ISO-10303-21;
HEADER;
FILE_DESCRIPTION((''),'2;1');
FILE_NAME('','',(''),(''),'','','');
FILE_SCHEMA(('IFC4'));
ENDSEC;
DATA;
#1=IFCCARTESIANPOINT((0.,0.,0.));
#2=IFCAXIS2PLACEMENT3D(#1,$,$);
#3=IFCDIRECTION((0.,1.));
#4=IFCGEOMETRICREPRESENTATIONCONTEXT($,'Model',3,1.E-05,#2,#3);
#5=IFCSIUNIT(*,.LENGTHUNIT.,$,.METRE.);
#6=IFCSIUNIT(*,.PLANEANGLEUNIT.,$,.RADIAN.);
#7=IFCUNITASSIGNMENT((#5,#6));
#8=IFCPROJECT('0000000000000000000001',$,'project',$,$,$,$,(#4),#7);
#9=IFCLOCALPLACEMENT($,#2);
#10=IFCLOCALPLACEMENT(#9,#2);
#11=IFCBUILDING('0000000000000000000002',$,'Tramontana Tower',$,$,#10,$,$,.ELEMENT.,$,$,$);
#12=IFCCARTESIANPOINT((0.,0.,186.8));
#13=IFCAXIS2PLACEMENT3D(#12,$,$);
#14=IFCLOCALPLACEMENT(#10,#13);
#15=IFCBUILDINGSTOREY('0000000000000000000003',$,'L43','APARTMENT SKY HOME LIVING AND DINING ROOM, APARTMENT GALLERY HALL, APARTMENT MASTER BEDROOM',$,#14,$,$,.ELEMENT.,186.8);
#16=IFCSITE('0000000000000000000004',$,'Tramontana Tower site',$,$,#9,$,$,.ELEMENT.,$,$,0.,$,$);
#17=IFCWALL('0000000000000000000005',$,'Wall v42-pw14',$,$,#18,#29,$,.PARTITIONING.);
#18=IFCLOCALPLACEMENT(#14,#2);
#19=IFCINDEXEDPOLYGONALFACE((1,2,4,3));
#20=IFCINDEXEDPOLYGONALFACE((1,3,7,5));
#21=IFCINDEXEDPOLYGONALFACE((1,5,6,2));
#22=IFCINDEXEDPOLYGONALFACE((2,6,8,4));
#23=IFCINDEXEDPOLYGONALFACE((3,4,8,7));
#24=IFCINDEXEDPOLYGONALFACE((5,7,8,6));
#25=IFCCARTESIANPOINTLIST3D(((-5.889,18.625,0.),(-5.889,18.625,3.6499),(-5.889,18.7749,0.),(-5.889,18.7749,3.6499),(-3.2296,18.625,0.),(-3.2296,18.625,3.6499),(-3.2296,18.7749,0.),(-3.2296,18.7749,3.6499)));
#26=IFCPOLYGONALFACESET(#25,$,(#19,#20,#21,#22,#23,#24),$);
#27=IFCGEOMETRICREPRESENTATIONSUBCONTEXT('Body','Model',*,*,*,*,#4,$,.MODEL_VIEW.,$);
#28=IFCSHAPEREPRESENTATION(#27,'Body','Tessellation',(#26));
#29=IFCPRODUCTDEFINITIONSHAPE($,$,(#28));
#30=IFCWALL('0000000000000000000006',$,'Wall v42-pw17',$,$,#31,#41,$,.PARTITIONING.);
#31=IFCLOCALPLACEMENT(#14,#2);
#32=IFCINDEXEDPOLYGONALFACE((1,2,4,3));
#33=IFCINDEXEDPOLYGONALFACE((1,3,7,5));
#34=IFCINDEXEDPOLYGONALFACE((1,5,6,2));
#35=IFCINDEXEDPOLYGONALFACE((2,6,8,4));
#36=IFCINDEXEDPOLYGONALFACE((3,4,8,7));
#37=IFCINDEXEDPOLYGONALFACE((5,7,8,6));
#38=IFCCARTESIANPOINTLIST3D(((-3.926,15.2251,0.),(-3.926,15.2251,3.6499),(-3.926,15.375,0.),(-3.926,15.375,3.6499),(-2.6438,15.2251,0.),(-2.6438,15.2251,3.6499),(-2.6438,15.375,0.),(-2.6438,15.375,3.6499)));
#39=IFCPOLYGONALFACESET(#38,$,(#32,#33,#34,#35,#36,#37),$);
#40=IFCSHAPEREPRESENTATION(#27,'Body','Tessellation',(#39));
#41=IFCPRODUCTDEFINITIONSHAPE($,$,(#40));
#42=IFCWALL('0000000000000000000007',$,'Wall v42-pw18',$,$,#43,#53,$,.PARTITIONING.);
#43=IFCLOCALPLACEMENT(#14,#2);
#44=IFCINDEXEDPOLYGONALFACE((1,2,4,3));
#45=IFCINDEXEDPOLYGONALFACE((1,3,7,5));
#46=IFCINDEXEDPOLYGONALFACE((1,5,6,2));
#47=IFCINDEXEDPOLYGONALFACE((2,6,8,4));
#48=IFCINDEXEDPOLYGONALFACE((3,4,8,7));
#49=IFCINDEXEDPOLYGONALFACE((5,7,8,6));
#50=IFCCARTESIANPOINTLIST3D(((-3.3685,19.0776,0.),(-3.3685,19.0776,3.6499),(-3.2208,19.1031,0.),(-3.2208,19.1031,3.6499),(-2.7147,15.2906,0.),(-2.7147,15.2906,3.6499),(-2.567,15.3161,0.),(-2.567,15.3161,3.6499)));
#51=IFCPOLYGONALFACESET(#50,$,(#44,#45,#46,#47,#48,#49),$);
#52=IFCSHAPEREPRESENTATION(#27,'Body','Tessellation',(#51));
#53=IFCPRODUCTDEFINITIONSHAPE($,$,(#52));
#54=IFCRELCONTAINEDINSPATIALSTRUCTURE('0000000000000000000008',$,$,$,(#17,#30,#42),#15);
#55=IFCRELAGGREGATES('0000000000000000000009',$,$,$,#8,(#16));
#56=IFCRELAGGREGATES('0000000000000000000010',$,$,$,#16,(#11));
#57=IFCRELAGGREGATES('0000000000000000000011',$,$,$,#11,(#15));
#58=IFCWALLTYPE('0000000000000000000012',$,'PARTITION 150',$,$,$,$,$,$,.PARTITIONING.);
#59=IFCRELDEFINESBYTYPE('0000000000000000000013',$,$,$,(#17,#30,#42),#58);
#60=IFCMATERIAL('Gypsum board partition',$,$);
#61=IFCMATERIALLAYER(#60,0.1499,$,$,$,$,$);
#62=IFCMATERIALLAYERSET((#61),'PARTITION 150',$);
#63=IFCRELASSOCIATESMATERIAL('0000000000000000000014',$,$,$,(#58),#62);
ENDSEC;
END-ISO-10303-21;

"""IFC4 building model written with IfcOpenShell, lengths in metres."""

from ifc_helpers import new_model, si_unit, direction, frame, frame_2d, origin, place, context, subcontext, project, spatial, rectangle, extrude, material, layer, layer_set, type_object, element, save


model = new_model("IFC4")

# Units and contexts
model_context = context("Model", 3, precision=1e-05, world=origin(), true_north=direction((0.0, 1.0)))
body_context = subcontext(model_context, "Body", "Model", "MODEL_VIEW")
ifc_project = project(units=[si_unit("LENGTHUNIT", "METRE"), si_unit("PLANEANGLEUNIT", "RADIAN")], contexts=[model_context])

# Site, building, storey
site_placement = place(None, origin())
site = spatial("IfcSite", under=ifc_project, at=site_placement, Name="Tramontana Tower site", CompositionType="ELEMENT", RefElevation=0.0)
building_placement = place(site_placement, origin())
building = spatial("IfcBuilding", under=site, at=building_placement, Name="Tramontana Tower", CompositionType="ELEMENT")
storey_placement = place(building_placement, frame((0.0, 0.0, 186.8)))
storey = spatial("IfcBuildingStorey", under=building, at=storey_placement, Name="L43", Description="APARTMENT SKY HOME LIVING AND DINING ROOM, APARTMENT GALLERY HALL, APARTMENT MASTER BEDROOM", CompositionType="ELEMENT", Elevation=186.8)

# Shared definitions
ifc_material_1 = material(Name="Gypsum board partition")
ifc_layer_1 = layer(ifc_material_1, 0.1499)
ifc_layer_set_1 = layer_set([ifc_layer_1], Name="PARTITION 150")
wall_type_1 = type_object("IfcWallType", Name="PARTITION 150", PredefinedType="PARTITIONING", material=ifc_layer_set_1)

# Walls
wall_1_placement = place(storey_placement, frame((-5.8889, 18.7, 0.0), z_axis=(0.0, 0.0, 1.0), x_axis=(1.0, 0.0, 0.0)))
element("IfcWall", 1, at=wall_1_placement, inside=storey, type_object=wall_type_1, Name="Wall v42-pw14", PredefinedType="PARTITIONING", context=body_context, shape_type="SweptSolid", body=[
    extrude(rectangle(XDim=2.6594, YDim=0.1499, at=frame_2d((1.3296, 0.0))), origin(), (0.0, 0.0, 1.0), 3.6499),
])
wall_2_placement = place(storey_placement, frame((-3.926, 15.3, 0.0), z_axis=(0.0, 0.0, 1.0), x_axis=(1.0, 0.0, 0.0)))
element("IfcWall", 2, at=wall_2_placement, inside=storey, type_object=wall_type_1, Name="Wall v42-pw17", PredefinedType="PARTITIONING", context=body_context, shape_type="SweptSolid", body=[
    extrude(rectangle(XDim=1.2822, YDim=0.1499, at=frame_2d((0.6411, 0.0))), origin(), (0.0, 0.0, 1.0), 3.6499),
])
wall_3_placement = place(storey_placement, frame((-2.6409, 15.3035, 0.0), z_axis=(0.0, 0.0, 1.0), x_axis=(-0.170124, 0.985423, 0.0)))
element("IfcWall", 3, at=wall_3_placement, inside=storey, type_object=wall_type_1, Name="Wall v42-pw18", PredefinedType="PARTITIONING", context=body_context, shape_type="SweptSolid", body=[
    extrude(rectangle(XDim=3.843, YDim=0.1499, at=frame_2d((1.9214, 0.0))), origin(), (0.0, 0.0, 1.0), 3.6499),
])

save(model, "model.ifc")
